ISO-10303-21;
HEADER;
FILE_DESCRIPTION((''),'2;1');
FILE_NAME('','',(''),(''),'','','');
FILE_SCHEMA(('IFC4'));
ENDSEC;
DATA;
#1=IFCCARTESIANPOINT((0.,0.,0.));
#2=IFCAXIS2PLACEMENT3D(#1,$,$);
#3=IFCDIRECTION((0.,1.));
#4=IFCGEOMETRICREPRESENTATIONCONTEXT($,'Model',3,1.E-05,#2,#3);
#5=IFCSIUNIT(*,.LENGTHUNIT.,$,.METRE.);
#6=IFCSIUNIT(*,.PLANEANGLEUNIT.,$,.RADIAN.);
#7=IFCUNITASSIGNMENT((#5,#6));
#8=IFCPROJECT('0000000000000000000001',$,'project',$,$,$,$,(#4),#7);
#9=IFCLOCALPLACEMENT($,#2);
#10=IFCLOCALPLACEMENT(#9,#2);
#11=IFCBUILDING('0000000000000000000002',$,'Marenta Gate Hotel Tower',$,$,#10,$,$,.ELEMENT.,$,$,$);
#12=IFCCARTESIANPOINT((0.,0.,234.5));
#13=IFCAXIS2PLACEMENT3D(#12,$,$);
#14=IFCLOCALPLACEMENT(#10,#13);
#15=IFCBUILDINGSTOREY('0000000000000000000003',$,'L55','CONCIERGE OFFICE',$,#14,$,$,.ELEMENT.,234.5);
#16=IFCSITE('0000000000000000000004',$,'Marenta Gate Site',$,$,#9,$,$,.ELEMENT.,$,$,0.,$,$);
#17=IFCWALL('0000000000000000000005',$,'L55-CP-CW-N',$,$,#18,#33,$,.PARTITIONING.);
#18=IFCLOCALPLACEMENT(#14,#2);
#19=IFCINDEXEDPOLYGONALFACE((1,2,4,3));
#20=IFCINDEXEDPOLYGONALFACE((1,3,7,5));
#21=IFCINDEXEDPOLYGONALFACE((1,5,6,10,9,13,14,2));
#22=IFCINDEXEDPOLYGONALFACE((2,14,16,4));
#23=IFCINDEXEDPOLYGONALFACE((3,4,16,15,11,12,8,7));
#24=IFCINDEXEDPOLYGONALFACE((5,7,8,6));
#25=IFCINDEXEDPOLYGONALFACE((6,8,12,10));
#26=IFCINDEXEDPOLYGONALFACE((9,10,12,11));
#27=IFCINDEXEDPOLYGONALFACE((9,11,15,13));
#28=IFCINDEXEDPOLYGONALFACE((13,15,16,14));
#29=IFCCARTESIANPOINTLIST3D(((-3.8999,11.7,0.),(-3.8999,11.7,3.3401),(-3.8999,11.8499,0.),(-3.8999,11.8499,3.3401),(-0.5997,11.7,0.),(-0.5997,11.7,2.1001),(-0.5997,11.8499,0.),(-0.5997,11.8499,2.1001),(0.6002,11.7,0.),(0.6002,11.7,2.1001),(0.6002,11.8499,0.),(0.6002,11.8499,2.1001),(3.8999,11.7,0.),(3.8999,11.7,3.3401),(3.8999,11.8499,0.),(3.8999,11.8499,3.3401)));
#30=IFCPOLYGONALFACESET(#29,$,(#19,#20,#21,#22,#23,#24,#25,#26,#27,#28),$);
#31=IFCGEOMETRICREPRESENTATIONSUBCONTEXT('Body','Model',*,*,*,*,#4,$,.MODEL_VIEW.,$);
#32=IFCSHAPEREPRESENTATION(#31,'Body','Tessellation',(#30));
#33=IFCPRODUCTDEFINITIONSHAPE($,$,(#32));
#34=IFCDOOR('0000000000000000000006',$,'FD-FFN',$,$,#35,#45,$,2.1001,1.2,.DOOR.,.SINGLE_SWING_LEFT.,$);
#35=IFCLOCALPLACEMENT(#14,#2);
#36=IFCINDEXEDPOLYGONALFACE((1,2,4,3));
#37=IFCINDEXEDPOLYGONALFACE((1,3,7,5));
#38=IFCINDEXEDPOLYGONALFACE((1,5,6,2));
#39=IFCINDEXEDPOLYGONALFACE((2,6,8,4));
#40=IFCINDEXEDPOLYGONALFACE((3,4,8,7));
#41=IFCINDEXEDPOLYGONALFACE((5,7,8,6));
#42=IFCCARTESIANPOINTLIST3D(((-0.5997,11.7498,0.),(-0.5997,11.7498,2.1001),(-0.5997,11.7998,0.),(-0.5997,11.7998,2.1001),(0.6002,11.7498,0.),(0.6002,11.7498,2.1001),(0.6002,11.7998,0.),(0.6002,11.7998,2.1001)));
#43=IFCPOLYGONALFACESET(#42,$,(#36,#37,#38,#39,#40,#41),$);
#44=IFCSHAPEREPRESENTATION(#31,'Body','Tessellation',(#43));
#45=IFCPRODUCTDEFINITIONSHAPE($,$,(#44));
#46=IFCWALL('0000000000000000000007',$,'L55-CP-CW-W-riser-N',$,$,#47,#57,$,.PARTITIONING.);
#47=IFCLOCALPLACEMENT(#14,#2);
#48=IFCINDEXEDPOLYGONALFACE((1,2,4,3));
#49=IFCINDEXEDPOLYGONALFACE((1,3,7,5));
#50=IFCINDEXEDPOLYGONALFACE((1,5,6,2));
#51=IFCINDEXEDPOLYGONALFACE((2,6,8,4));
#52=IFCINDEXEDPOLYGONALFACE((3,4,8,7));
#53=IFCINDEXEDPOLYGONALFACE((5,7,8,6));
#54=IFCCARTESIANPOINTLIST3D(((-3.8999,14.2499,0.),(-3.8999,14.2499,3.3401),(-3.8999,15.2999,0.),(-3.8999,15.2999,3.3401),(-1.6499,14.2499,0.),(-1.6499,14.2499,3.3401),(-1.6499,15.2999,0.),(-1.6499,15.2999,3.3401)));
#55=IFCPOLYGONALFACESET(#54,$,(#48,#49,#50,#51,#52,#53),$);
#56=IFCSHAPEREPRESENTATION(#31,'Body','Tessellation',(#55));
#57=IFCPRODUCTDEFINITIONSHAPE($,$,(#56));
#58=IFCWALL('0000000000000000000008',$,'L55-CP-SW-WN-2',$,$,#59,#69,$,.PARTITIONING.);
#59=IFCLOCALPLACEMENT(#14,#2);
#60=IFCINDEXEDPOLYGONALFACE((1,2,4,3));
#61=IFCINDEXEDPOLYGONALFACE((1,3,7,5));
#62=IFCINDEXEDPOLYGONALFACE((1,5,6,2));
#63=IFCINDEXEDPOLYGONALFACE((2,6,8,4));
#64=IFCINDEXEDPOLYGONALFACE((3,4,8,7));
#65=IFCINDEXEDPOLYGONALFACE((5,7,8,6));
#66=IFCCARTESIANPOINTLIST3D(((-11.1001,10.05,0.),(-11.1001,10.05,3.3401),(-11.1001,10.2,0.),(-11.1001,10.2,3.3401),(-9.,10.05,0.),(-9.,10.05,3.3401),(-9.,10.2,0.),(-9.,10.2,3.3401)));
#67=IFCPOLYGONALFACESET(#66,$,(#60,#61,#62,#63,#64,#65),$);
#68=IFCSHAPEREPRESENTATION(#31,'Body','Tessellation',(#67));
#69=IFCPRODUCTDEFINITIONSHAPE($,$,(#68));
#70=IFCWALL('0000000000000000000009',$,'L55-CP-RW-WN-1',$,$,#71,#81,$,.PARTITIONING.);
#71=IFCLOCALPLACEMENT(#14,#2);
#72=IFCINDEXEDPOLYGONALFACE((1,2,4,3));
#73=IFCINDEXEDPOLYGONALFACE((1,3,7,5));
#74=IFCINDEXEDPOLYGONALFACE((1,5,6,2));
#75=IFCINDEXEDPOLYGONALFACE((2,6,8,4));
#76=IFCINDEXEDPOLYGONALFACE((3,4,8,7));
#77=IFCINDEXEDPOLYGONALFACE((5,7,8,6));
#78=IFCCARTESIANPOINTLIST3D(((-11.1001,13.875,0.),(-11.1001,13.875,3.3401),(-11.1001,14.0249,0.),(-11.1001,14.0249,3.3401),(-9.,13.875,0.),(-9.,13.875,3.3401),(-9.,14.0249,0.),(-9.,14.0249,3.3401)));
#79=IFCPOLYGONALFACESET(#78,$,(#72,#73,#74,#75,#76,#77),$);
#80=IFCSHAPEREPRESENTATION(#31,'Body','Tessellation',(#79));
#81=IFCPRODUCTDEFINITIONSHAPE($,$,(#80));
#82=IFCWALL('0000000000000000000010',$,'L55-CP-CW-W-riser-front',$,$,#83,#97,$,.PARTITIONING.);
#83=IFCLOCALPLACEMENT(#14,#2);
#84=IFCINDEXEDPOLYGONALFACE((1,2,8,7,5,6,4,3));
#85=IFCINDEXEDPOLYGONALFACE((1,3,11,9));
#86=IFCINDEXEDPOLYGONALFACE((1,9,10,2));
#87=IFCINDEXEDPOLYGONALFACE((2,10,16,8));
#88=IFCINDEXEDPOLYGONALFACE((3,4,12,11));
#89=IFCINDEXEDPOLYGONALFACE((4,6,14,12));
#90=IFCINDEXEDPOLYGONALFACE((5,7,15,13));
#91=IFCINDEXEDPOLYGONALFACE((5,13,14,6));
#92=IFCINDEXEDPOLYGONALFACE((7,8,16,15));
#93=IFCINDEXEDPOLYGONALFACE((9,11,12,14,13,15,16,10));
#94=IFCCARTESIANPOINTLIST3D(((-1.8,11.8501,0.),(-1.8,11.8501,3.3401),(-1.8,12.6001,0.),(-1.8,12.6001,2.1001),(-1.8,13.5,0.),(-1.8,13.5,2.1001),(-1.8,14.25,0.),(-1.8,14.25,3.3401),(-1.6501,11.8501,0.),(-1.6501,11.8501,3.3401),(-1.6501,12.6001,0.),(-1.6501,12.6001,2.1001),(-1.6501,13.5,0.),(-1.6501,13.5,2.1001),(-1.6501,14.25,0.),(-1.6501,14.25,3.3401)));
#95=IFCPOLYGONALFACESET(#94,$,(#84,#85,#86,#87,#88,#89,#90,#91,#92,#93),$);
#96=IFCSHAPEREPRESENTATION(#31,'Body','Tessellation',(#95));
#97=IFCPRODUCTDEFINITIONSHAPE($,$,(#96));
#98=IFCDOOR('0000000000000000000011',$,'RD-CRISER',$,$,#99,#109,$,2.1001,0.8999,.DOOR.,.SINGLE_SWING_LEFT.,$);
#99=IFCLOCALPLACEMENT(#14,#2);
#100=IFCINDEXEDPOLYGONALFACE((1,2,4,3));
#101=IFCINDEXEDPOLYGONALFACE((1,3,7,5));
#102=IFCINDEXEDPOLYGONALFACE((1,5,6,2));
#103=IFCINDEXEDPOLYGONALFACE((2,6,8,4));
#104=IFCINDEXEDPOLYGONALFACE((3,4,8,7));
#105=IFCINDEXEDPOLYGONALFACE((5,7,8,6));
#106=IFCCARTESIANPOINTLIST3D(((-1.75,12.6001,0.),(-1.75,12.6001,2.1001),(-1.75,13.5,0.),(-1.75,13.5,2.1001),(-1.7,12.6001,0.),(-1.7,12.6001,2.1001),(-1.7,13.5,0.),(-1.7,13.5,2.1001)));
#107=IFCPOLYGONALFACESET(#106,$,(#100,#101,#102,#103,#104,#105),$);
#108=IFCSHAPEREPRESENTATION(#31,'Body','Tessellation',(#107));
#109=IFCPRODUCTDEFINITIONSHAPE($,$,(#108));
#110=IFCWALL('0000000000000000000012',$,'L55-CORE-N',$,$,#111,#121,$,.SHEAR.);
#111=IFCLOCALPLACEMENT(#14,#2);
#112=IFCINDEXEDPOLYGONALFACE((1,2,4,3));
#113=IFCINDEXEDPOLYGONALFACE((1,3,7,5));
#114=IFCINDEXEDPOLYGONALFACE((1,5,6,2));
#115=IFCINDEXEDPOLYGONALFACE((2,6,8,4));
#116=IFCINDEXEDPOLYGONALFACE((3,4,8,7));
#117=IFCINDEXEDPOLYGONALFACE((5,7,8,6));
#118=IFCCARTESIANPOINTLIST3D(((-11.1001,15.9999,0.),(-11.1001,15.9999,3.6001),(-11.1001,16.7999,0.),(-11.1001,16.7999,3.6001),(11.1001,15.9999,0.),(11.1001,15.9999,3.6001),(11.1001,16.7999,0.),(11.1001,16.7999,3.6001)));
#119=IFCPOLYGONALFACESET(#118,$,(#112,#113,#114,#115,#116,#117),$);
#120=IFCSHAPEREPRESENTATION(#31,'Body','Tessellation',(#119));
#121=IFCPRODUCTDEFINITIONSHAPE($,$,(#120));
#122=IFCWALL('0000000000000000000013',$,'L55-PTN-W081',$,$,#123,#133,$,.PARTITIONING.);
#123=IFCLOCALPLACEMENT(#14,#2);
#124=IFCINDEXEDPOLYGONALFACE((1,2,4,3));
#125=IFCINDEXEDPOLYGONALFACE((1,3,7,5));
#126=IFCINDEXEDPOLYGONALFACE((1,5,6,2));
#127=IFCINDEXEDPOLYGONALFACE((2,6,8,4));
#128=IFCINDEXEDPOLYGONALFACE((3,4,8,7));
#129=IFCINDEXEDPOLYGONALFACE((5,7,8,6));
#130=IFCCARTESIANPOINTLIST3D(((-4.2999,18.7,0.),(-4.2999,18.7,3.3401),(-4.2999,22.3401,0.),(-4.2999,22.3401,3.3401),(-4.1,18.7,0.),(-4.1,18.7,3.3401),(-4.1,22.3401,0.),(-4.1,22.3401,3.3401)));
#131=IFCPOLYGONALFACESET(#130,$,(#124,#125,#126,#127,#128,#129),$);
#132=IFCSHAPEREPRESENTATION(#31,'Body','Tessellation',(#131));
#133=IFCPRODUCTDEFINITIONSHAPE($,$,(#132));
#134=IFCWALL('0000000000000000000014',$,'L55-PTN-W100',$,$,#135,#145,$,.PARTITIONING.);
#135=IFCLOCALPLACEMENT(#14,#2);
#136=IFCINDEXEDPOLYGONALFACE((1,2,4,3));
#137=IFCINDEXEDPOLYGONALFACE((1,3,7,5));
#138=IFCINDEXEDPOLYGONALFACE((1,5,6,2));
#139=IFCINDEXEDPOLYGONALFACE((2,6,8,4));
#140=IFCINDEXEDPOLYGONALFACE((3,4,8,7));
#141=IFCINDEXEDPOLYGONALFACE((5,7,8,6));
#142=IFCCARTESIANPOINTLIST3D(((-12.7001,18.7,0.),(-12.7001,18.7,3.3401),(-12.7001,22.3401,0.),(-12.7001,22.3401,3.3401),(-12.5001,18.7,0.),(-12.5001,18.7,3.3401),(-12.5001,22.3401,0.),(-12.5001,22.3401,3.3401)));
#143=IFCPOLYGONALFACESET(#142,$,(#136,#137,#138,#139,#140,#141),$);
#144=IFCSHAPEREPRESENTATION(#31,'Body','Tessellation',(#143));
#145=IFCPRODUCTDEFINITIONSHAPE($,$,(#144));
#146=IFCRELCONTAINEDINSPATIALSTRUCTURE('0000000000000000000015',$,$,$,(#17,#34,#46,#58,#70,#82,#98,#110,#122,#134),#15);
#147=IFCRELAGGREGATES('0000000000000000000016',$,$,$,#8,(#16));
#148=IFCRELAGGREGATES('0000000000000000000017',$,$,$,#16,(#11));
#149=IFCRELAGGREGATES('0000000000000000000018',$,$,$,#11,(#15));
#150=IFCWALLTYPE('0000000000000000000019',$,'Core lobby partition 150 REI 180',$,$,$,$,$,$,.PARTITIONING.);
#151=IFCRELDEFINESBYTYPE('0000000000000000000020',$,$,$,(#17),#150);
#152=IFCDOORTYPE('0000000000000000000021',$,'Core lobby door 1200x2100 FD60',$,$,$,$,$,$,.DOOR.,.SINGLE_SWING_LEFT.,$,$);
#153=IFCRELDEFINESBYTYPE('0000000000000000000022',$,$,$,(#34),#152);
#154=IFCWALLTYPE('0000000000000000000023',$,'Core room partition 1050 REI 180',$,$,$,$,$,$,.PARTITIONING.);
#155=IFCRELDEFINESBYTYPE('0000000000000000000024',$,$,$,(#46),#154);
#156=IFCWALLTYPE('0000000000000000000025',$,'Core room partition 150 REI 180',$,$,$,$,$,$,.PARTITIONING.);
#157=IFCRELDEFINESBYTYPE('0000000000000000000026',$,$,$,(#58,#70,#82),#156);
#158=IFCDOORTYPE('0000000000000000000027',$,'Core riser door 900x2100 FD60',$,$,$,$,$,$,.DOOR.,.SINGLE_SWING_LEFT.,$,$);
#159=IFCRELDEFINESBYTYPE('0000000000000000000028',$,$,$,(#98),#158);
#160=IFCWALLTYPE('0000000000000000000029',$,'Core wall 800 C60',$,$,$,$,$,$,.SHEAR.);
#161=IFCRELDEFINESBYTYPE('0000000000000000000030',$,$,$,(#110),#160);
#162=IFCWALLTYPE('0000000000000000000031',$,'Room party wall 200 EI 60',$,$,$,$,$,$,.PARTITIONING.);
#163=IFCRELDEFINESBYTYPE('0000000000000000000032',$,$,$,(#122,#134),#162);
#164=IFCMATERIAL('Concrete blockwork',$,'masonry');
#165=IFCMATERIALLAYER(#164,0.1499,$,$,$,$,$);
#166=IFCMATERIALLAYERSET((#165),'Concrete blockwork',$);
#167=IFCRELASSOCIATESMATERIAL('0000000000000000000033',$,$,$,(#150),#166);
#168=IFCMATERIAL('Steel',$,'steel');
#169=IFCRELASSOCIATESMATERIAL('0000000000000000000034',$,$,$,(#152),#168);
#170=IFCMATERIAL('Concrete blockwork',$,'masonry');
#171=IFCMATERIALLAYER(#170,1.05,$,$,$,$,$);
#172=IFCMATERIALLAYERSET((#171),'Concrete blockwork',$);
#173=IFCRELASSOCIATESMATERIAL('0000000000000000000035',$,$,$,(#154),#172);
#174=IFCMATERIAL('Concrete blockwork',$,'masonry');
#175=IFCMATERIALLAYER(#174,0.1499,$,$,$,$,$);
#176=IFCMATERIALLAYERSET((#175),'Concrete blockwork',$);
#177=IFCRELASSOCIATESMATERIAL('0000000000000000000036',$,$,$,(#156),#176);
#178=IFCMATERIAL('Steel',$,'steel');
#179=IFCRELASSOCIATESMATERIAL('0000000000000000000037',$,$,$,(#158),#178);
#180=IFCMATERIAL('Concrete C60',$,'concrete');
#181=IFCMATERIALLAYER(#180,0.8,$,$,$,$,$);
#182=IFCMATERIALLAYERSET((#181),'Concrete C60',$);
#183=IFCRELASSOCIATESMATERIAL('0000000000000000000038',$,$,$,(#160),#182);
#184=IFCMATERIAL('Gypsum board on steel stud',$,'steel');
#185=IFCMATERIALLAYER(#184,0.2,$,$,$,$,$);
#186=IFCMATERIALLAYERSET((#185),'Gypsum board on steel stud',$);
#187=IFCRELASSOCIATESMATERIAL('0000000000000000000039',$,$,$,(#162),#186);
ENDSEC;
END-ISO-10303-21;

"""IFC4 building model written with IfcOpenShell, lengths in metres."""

from ifc_helpers import new_model, si_unit, direction, frame, frame_2d, origin, place, context, subcontext, project, spatial, rectangle, extrude, material, layer, layer_set, type_object, element, fill, save


model = new_model("IFC4")

# Units and contexts
model_context = context("Model", 3, precision=1e-05, world=origin(), true_north=direction((0.0, 1.0)))
body_context = subcontext(model_context, "Body", "Model", "MODEL_VIEW")
ifc_project = project(units=[si_unit("LENGTHUNIT", "METRE"), si_unit("PLANEANGLEUNIT", "RADIAN")], contexts=[model_context])

# Site, building, storey
site_placement = place(None, origin())
site = spatial("IfcSite", under=ifc_project, at=site_placement, Name="Marenta Gate Site", CompositionType="ELEMENT", RefElevation=0.0)
building_placement = place(site_placement, origin())
building = spatial("IfcBuilding", under=site, at=building_placement, Name="Marenta Gate Hotel Tower", CompositionType="ELEMENT")
storey_placement = place(building_placement, frame((0.0, 0.0, 234.5)))
storey = spatial("IfcBuildingStorey", under=building, at=storey_placement, Name="L55", Description="CONCIERGE OFFICE", CompositionType="ELEMENT", Elevation=234.5)

# Wall, opening, door
ifc_material_1 = material(Name="Concrete blockwork", Category="masonry")
ifc_layer_1 = layer(ifc_material_1, 0.1499)
ifc_layer_set_1 = layer_set([ifc_layer_1], Name="Concrete blockwork")
wall_type_1 = type_object("IfcWallType", Name="Core lobby partition 150 REI 180", PredefinedType="PARTITIONING", material=ifc_layer_set_1)
wall_1_placement = place(storey_placement, frame((-3.8999, 11.7749, 0.0), z_axis=(0.0, 0.0, 1.0), x_axis=(1.0, 0.0, 0.0)))
wall_1 = element("IfcWall", 1, at=wall_1_placement, inside=storey, type_object=wall_type_1, Name="L55-CP-CW-N", PredefinedType="PARTITIONING", context=body_context, shape_type="SweptSolid", body=[
    extrude(rectangle(XDim=7.7998, YDim=0.1499, at=frame_2d((3.8999, 0.0))), origin(), (0.0, 0.0, 1.0), 3.3401),
])
opening_1_placement = place(wall_1_placement, frame((3.3, 0.0, 0.0)))
opening_1 = element("IfcOpeningElement", 2, at=opening_1_placement, cuts=wall_1, PredefinedType="OPENING", context=body_context, shape_type="SweptSolid", body=[
    extrude(rectangle(XDim=1.2, YDim=2.1001, at=frame_2d((0.6001, 1.05))), frame((0.0, 0.075, 0.0), z_axis=(0.0, -1.0, 0.0), x_axis=(1.0, 0.0, 0.0)), (0.0, 0.0, 1.0), 0.1499),
])
ifc_material_2 = material(Name="Steel", Category="steel")
door_type_1 = type_object("IfcDoorType", Name="Core lobby door 1200x2100 FD60", OperationType="SINGLE_SWING_LEFT", PredefinedType="DOOR", material=ifc_material_2)
door_1_placement = place(opening_1_placement, origin())
door_1 = element("IfcDoor", 3, at=door_1_placement, inside=storey, type_object=door_type_1, Name="FD-FFN", OperationType="SINGLE_SWING_LEFT", OverallHeight=2.1001, OverallWidth=1.2, PredefinedType="DOOR", context=body_context, shape_type="SweptSolid", body=[
    extrude(rectangle(XDim=1.2, YDim=2.1001, at=frame_2d((0.6001, 1.05))), frame((0.0, 0.0249, 0.0), z_axis=(0.0, -1.0, 0.0), x_axis=(1.0, 0.0, 0.0)), (0.0, 0.0, 1.0), 0.05),
])
fill(opening_1, door_1)

# Walls
ifc_material_3 = material(Name="Concrete blockwork", Category="masonry")
ifc_layer_2 = layer(ifc_material_3, 1.05)
ifc_layer_set_2 = layer_set([ifc_layer_2], Name="Concrete blockwork")
wall_type_2 = type_object("IfcWallType", Name="Core room partition 1050 REI 180", PredefinedType="PARTITIONING", material=ifc_layer_set_2)
wall_2_placement = place(storey_placement, frame((-3.8999, 14.7749, 0.0), z_axis=(0.0, 0.0, 1.0), x_axis=(1.0, 0.0, 0.0)))
element("IfcWall", 4, at=wall_2_placement, inside=storey, type_object=wall_type_2, Name="L55-CP-CW-W-riser-N", PredefinedType="PARTITIONING", context=body_context, shape_type="SweptSolid", body=[
    extrude(rectangle(XDim=2.25, YDim=1.05, at=frame_2d((1.125, 0.0))), origin(), (0.0, 0.0, 1.0), 3.3401),
])
ifc_material_4 = material(Name="Concrete blockwork", Category="masonry")
ifc_layer_3 = layer(ifc_material_4, 0.1499)
ifc_layer_set_3 = layer_set([ifc_layer_3], Name="Concrete blockwork")
wall_type_3 = type_object("IfcWallType", Name="Core room partition 150 REI 180", PredefinedType="PARTITIONING", material=ifc_layer_set_3)
for number, where, z_axis, x_axis, name in (
    (5, (-11.1001, 10.125, 0.0), (0.0, 0.0, 1.0), (1.0, 0.0, 0.0), "L55-CP-SW-WN-2"),
    (6, (-11.1001, 13.95, 0.0), (0.0, 0.0, 1.0), (1.0, 0.0, 0.0), "L55-CP-RW-WN-1"),
):
    element("IfcWall", number, at=place(storey_placement, frame(where, z_axis=z_axis, x_axis=x_axis)), inside=storey, type_object=wall_type_3, Name=name, PredefinedType="PARTITIONING", context=body_context, shape_type="SweptSolid", body=[
        extrude(rectangle(XDim=2.1001, YDim=0.1499, at=frame_2d((1.05, 0.0))), origin(), (0.0, 0.0, 1.0), 3.3401),
    ])

# Wall, opening, door
wall_3_placement = place(storey_placement, frame((-1.7251, 11.8501, 0.0), z_axis=(0.0, 0.0, 1.0), x_axis=(0.0, 1.0, 0.0)))
wall_3 = element("IfcWall", 7, at=wall_3_placement, inside=storey, type_object=wall_type_3, Name="L55-CP-CW-W-riser-front", PredefinedType="PARTITIONING", context=body_context, shape_type="SweptSolid", body=[
    extrude(rectangle(XDim=2.3999, YDim=0.1499, at=frame_2d((1.2, 0.0))), origin(), (0.0, 0.0, 1.0), 3.3401),
])
opening_2_placement = place(wall_3_placement, frame((0.75, 0.0, 0.0)))
opening_2 = element("IfcOpeningElement", 8, at=opening_2_placement, cuts=wall_3, PredefinedType="OPENING", context=body_context, shape_type="SweptSolid", body=[
    extrude(rectangle(XDim=0.8999, YDim=2.1001, at=frame_2d((0.45, 1.05))), frame((0.0, 0.075, 0.0), z_axis=(0.0, -1.0, 0.0), x_axis=(1.0, 0.0, 0.0)), (0.0, 0.0, 1.0), 0.1499),
])
ifc_material_5 = material(Name="Steel", Category="steel")
door_type_2 = type_object("IfcDoorType", Name="Core riser door 900x2100 FD60", OperationType="SINGLE_SWING_LEFT", PredefinedType="DOOR", material=ifc_material_5)
door_2_placement = place(opening_2_placement, origin())
door_2 = element("IfcDoor", 9, at=door_2_placement, inside=storey, type_object=door_type_2, Name="RD-CRISER", OperationType="SINGLE_SWING_LEFT", OverallHeight=2.1001, OverallWidth=0.8999, PredefinedType="DOOR", context=body_context, shape_type="SweptSolid", body=[
    extrude(rectangle(XDim=0.8999, YDim=2.1001, at=frame_2d((0.45, 1.05))), frame((0.0, 0.0249, 0.0), z_axis=(0.0, -1.0, 0.0), x_axis=(1.0, 0.0, 0.0)), (0.0, 0.0, 1.0), 0.05),
])
fill(opening_2, door_2)

# Walls
ifc_material_6 = material(Name="Concrete C60", Category="concrete")
ifc_layer_4 = layer(ifc_material_6, 0.8)
ifc_layer_set_4 = layer_set([ifc_layer_4], Name="Concrete C60")
wall_type_4 = type_object("IfcWallType", Name="Core wall 800 C60", PredefinedType="SHEAR", material=ifc_layer_set_4)
wall_4_placement = place(storey_placement, frame((-11.1001, 16.3999, 0.0), z_axis=(0.0, 0.0, 1.0), x_axis=(1.0, 0.0, 0.0)))
element("IfcWall", 10, at=wall_4_placement, inside=storey, type_object=wall_type_4, Name="L55-CORE-N", PredefinedType="SHEAR", context=body_context, shape_type="SweptSolid", body=[
    extrude(rectangle(XDim=22.2002, YDim=0.8, at=frame_2d((11.1001, 0.0))), origin(), (0.0, 0.0, 1.0), 3.6001),
])
ifc_material_7 = material(Name="Gypsum board on steel stud", Category="steel")
ifc_layer_5 = layer(ifc_material_7, 0.2)
ifc_layer_set_5 = layer_set([ifc_layer_5], Name="Gypsum board on steel stud")
wall_type_5 = type_object("IfcWallType", Name="Room party wall 200 EI 60", PredefinedType="PARTITIONING", material=ifc_layer_set_5)
for number, where, z_axis, x_axis, name in (
    (11, (-4.2, 18.7, 0.0), (0.0, 0.0, 1.0), (0.0, 1.0, 0.0), "L55-PTN-W081"),
    (12, (-12.6001, 18.7, 0.0), (0.0, 0.0, 1.0), (0.0, 1.0, 0.0), "L55-PTN-W100"),
):
    element("IfcWall", number, at=place(storey_placement, frame(where, z_axis=z_axis, x_axis=x_axis)), inside=storey, type_object=wall_type_5, Name=name, PredefinedType="PARTITIONING", context=body_context, shape_type="SweptSolid", body=[
        extrude(rectangle(XDim=3.6401, YDim=0.2, at=frame_2d((1.8201, 0.0))), origin(), (0.0, 0.0, 1.0), 3.3401),
    ])

save(model, "model.ifc")
